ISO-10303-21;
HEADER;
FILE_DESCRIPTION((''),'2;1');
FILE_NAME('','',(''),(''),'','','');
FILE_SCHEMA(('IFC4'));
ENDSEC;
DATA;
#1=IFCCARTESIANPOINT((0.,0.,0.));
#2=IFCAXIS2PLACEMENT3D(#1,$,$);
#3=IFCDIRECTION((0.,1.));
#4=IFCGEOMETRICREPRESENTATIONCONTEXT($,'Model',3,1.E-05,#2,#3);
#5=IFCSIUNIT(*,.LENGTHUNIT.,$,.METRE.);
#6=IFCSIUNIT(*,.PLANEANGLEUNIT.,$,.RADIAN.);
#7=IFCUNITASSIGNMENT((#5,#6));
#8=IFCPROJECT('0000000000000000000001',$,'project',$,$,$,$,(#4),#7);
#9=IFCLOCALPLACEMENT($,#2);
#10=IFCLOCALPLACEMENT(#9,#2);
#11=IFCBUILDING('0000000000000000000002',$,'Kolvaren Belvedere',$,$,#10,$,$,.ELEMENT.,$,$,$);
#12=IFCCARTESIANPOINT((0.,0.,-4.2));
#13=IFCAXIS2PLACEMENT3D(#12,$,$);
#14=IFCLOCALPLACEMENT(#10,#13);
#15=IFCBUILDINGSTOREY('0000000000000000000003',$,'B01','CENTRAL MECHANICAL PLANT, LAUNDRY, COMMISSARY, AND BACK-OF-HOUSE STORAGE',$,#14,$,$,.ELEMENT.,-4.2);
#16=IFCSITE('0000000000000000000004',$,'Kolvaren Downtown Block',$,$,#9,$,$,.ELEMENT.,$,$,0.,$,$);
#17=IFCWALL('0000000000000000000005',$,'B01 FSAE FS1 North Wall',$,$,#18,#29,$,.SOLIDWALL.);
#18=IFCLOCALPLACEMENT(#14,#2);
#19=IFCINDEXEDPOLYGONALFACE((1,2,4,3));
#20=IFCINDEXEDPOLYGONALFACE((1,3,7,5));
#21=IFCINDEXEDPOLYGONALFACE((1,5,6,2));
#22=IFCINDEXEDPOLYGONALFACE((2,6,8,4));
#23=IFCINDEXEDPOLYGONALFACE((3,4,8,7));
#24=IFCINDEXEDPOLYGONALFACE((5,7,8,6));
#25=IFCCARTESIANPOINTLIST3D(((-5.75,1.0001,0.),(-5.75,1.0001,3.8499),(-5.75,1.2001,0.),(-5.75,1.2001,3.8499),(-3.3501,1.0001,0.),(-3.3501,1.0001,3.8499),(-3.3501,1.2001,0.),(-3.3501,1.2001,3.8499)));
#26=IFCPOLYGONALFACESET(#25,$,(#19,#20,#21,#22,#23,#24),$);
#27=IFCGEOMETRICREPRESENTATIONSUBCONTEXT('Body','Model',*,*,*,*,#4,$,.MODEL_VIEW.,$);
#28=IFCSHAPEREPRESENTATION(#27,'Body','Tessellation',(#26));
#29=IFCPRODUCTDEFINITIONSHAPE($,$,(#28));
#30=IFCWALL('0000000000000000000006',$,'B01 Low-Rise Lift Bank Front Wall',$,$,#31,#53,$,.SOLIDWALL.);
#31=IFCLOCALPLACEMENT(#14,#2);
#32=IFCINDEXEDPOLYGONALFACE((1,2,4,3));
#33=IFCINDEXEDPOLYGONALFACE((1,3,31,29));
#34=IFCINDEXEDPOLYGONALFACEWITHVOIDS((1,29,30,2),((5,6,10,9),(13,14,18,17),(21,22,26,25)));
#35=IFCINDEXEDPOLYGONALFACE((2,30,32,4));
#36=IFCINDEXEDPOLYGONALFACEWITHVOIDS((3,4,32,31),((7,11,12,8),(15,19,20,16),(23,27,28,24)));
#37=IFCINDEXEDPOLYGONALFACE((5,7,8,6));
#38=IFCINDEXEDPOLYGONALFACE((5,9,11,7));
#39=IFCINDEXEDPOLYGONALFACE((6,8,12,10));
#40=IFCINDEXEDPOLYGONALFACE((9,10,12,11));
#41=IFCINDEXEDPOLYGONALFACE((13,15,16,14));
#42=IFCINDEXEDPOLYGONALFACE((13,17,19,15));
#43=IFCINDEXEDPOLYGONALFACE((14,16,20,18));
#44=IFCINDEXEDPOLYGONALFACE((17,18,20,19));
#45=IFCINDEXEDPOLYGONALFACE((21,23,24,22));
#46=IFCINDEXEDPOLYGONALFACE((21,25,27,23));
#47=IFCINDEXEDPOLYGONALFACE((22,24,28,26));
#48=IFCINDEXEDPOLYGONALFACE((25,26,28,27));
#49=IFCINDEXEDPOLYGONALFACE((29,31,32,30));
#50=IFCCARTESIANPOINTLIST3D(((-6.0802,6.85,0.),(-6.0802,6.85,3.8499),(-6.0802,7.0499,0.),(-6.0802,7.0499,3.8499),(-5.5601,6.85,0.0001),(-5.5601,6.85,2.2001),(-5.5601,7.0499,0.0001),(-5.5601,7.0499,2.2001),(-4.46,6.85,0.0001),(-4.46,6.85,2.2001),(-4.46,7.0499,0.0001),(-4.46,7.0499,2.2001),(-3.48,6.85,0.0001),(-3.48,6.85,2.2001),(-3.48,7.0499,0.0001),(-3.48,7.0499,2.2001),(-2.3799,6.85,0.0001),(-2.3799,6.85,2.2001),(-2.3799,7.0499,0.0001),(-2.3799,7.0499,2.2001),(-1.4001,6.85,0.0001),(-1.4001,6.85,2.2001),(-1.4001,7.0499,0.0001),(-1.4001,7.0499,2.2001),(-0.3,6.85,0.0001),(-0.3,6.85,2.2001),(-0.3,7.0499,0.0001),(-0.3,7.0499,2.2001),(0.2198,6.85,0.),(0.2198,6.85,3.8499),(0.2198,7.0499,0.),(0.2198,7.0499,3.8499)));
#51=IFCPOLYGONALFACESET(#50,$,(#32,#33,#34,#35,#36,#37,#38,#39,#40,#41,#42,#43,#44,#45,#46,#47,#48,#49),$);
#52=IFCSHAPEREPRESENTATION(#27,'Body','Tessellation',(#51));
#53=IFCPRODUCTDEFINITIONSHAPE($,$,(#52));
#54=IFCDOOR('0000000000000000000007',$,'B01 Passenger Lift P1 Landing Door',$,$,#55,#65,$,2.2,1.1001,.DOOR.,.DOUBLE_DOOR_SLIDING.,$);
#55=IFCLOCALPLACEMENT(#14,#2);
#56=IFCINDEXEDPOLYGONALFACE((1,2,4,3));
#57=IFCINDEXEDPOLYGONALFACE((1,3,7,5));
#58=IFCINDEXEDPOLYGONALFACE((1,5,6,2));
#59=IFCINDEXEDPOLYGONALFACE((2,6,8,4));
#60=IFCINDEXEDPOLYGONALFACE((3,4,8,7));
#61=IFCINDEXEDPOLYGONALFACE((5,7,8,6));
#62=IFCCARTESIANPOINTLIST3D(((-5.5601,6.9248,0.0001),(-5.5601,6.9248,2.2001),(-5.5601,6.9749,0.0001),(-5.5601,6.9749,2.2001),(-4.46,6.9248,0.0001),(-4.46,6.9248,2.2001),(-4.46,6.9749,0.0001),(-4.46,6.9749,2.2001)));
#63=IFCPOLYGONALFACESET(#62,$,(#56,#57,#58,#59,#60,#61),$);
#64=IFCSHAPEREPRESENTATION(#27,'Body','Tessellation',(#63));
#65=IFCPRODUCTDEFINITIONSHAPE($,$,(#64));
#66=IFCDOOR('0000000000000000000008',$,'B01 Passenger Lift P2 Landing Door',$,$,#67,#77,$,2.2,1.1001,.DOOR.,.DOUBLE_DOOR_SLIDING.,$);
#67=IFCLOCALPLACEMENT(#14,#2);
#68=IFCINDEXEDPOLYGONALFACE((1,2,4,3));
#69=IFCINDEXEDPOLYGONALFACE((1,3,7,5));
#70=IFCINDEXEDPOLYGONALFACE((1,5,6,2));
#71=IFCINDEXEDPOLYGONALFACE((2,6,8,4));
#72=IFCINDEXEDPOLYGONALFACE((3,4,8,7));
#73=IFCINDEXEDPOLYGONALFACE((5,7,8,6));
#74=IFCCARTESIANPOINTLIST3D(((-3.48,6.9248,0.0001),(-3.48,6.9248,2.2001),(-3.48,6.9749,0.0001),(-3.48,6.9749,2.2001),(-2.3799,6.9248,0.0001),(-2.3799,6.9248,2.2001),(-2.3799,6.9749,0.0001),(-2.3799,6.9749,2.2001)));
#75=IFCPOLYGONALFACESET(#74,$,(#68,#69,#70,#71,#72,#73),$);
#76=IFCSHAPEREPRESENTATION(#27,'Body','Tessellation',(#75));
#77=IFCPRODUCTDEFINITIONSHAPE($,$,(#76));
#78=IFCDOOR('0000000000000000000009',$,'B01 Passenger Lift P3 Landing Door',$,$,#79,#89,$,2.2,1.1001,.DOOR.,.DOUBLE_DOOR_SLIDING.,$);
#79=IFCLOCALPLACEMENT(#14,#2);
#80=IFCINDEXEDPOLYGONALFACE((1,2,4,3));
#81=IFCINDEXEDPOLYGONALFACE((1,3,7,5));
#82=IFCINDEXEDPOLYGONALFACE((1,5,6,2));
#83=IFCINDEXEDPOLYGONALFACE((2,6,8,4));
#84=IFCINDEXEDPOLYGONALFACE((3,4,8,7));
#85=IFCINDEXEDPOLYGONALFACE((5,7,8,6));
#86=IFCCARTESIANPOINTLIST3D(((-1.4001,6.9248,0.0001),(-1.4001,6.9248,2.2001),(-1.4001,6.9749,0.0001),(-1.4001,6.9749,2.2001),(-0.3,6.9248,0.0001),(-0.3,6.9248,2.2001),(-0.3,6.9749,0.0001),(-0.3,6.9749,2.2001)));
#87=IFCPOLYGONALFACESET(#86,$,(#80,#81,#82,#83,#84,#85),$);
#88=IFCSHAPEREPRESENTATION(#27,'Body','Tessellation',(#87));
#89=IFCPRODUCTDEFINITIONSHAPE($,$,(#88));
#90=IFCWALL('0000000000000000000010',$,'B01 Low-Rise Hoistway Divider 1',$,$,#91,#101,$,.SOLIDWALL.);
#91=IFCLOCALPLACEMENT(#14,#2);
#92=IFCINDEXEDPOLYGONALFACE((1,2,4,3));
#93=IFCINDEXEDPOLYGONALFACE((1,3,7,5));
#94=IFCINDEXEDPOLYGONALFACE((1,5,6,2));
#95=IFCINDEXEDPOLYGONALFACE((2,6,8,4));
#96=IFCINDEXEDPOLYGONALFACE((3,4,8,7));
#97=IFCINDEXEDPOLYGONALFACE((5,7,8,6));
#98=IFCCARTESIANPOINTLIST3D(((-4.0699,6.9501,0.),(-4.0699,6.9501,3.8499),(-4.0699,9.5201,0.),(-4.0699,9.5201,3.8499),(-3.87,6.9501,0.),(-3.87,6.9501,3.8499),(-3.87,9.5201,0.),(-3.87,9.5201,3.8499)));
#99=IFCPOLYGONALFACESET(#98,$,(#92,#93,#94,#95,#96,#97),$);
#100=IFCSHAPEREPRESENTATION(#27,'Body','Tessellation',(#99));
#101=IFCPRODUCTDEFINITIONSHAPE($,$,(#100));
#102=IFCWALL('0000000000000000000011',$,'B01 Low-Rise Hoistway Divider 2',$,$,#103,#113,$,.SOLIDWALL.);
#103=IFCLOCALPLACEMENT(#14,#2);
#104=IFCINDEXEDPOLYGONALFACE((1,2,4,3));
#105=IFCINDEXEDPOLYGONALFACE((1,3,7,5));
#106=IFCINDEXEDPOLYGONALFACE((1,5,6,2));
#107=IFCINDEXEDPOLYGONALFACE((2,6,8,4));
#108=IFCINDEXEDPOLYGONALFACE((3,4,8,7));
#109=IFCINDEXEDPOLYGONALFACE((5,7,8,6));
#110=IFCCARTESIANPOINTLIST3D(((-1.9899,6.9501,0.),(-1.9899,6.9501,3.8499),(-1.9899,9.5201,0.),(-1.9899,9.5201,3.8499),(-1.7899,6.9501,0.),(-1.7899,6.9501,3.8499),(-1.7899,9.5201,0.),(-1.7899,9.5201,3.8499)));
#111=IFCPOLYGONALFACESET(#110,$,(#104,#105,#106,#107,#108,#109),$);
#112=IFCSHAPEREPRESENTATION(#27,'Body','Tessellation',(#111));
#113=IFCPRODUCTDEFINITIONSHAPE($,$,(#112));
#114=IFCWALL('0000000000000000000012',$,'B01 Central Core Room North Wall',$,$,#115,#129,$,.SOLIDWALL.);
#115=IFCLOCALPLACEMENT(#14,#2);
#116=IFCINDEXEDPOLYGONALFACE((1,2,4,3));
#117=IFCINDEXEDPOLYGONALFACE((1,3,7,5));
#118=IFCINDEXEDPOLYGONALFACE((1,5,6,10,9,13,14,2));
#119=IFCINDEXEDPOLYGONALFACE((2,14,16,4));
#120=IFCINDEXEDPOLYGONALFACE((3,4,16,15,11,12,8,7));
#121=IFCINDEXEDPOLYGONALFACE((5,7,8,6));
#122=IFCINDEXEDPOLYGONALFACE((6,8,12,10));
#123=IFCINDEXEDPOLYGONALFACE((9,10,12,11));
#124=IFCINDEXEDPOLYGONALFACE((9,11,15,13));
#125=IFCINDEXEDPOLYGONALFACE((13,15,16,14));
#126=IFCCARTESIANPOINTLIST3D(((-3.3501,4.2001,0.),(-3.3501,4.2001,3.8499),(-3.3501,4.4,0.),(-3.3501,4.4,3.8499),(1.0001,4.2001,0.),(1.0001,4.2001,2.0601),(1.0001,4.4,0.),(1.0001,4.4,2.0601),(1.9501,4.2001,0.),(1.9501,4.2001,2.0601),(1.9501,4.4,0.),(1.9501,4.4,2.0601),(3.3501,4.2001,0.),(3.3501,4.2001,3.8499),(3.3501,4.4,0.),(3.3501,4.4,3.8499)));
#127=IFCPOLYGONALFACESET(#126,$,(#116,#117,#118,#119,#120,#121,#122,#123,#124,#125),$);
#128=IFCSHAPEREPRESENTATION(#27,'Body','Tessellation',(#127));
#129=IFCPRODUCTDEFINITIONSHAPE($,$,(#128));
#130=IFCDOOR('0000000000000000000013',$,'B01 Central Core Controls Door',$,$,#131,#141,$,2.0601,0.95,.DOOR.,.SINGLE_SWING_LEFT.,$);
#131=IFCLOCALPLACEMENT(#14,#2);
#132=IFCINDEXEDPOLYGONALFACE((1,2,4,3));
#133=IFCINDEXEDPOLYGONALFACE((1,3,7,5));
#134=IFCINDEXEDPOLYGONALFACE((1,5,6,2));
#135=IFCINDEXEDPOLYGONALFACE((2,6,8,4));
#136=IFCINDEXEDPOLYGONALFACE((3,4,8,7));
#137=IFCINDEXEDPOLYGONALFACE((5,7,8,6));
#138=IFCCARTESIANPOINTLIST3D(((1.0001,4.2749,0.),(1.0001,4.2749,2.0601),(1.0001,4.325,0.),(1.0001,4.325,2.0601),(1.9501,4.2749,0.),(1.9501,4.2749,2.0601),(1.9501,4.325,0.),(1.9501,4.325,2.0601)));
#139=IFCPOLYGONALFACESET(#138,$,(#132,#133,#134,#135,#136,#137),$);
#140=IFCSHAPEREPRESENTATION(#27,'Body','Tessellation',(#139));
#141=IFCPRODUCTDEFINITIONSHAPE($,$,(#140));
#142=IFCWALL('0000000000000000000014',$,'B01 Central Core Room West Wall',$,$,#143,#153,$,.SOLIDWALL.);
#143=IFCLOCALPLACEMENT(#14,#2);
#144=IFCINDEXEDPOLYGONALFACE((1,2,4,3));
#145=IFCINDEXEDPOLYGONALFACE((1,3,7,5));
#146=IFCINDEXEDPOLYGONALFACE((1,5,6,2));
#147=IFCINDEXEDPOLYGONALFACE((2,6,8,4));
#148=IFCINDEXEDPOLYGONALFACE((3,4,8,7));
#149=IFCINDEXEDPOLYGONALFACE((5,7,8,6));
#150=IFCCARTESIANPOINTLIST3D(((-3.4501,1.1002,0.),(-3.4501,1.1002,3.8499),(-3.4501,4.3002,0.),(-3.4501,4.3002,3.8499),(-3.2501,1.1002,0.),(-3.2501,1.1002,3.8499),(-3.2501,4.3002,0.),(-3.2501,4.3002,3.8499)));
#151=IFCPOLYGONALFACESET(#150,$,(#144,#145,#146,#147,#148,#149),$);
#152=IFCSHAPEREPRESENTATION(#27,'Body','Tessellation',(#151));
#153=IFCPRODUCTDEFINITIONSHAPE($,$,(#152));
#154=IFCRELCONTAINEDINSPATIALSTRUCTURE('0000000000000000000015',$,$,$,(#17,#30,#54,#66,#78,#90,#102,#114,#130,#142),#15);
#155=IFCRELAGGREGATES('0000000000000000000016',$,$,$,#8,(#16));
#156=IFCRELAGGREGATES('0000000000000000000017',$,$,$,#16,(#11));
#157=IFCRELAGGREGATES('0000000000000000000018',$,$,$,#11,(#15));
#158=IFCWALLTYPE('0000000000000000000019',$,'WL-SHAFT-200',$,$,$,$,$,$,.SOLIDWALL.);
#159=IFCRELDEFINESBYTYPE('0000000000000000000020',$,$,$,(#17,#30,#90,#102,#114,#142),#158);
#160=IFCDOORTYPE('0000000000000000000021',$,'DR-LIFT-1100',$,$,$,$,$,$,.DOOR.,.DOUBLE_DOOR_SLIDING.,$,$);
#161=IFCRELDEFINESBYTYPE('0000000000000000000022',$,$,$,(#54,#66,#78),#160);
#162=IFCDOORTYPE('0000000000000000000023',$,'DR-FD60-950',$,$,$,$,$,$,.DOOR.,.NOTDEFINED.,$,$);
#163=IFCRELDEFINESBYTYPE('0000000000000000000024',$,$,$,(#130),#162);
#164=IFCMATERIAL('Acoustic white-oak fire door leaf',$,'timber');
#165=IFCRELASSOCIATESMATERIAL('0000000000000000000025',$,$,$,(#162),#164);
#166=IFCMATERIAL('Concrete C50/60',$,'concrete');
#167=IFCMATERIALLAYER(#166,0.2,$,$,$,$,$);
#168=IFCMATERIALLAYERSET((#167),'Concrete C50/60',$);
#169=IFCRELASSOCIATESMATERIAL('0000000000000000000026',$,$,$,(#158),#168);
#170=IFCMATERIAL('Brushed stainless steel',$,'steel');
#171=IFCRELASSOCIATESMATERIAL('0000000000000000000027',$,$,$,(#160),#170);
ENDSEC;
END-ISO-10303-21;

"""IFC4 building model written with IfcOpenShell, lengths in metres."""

from ifc_helpers import new_model, si_unit, direction, frame, frame_2d, origin, place, context, subcontext, project, spatial, rectangle, extrude, material, layer, layer_set, type_object, element, fill, save


model = new_model("IFC4")

# Units and contexts
model_context = context("Model", 3, precision=1e-05, world=origin(), true_north=direction((0.0, 1.0)))
body_context = subcontext(model_context, "Body", "Model", "MODEL_VIEW")
ifc_project = project(units=[si_unit("LENGTHUNIT", "METRE"), si_unit("PLANEANGLEUNIT", "RADIAN")], contexts=[model_context])

# Site, building, storey
site_placement = place(None, origin())
site = spatial("IfcSite", under=ifc_project, at=site_placement, Name="Kolvaren Downtown Block", CompositionType="ELEMENT", RefElevation=0.0)
building_placement = place(site_placement, origin())
building = spatial("IfcBuilding", under=site, at=building_placement, Name="Kolvaren Belvedere", CompositionType="ELEMENT")
storey_placement = place(building_placement, frame((0.0, 0.0, -4.2)))
storey = spatial("IfcBuildingStorey", under=building, at=storey_placement, Name="B01", Description="CENTRAL MECHANICAL PLANT, LAUNDRY, COMMISSARY, AND BACK-OF-HOUSE STORAGE", CompositionType="ELEMENT", Elevation=-4.2)

# Shared definitions
ifc_material_1 = material(Name="Acoustic white-oak fire door leaf", Category="timber")
door_type_1 = type_object("IfcDoorType", Name="DR-FD60-950", OperationType="NOTDEFINED", PredefinedType="DOOR", material=ifc_material_1)

# Wall
ifc_material_2 = material(Name="Concrete C50/60", Category="concrete")
ifc_layer_1 = layer(ifc_material_2, 0.2)
ifc_layer_set_1 = layer_set([ifc_layer_1], Name="Concrete C50/60")
wall_type_1 = type_object("IfcWallType", Name="WL-SHAFT-200", PredefinedType="SOLIDWALL", material=ifc_layer_set_1)
wall_1_placement = place(storey_placement, frame((-5.75, 1.1001, 0.0), z_axis=(0.0, 0.0, 1.0), x_axis=(1.0, 0.0, 0.0)))
element("IfcWall", 1, at=wall_1_placement, inside=storey, type_object=wall_type_1, Name="B01 FSAE FS1 North Wall", PredefinedType="SOLIDWALL", context=body_context, shape_type="SweptSolid", body=[
    extrude(rectangle(XDim=2.3999, YDim=0.2, at=frame_2d((1.2, 0.0))), origin(), (0.0, 0.0, 1.0), 3.8499),
])

# Wall, openings, doors
wall_2_placement = place(storey_placement, frame((-6.0801, 6.95, 0.0), z_axis=(0.0, 0.0, 1.0), x_axis=(1.0, 0.0, 0.0)))
wall_2 = element("IfcWall", 2, at=wall_2_placement, inside=storey, type_object=wall_type_1, Name="B01 Low-Rise Lift Bank Front Wall", PredefinedType="SOLIDWALL", context=body_context, shape_type="SweptSolid", body=[
    extrude(rectangle(XDim=6.3, YDim=0.2, at=frame_2d((3.1499, 0.0))), origin(), (0.0, 0.0, 1.0), 3.8499),
])
opening_1_placement = place(wall_2_placement, frame((0.52, 0.0, 0.0)))
opening_1 = element("IfcOpeningElement", 3, at=opening_1_placement, cuts=wall_2, PredefinedType="OPENING", context=body_context, shape_type="SweptSolid", body=[
    extrude(rectangle(XDim=1.1001, YDim=2.2, at=frame_2d((0.55, 1.1001))), frame((0.0, 0.1099, 0.0), z_axis=(0.0, -1.0, 0.0), x_axis=(1.0, 0.0, 0.0)), (0.0, 0.0, 1.0), 0.22),
])
opening_2_placement = place(wall_2_placement, frame((2.6001, 0.0, 0.0)))
opening_2 = element("IfcOpeningElement", 4, at=opening_2_placement, cuts=wall_2, PredefinedType="OPENING", context=body_context, shape_type="SweptSolid", body=[
    extrude(rectangle(XDim=1.1001, YDim=2.2, at=frame_2d((0.55, 1.1001))), frame((0.0, 0.1099, 0.0), z_axis=(0.0, -1.0, 0.0), x_axis=(1.0, 0.0, 0.0)), (0.0, 0.0, 1.0), 0.22),
])
opening_3_placement = place(wall_2_placement, frame((4.6799, 0.0, 0.0)))
opening_3 = element("IfcOpeningElement", 5, at=opening_3_placement, cuts=wall_2, PredefinedType="OPENING", context=body_context, shape_type="SweptSolid", body=[
    extrude(rectangle(XDim=1.1001, YDim=2.2, at=frame_2d((0.55, 1.1001))), frame((0.0, 0.1099, 0.0), z_axis=(0.0, -1.0, 0.0), x_axis=(1.0, 0.0, 0.0)), (0.0, 0.0, 1.0), 0.22),
])
ifc_material_3 = material(Name="Brushed stainless steel", Category="steel")
door_type_2 = type_object("IfcDoorType", Name="DR-LIFT-1100", OperationType="DOUBLE_DOOR_SLIDING", PredefinedType="DOOR", material=ifc_material_3)
door_1_placement = place(opening_1_placement, origin())
door_1 = element("IfcDoor", 6, at=door_1_placement, inside=storey, type_object=door_type_2, Name="B01 Passenger Lift P1 Landing Door", OperationType="DOUBLE_DOOR_SLIDING", OverallHeight=2.2, OverallWidth=1.1001, PredefinedType="DOOR", context=body_context, shape_type="SweptSolid", body=[
    extrude(rectangle(XDim=1.1001, YDim=2.2, at=frame_2d((0.55, 1.1001))), frame((0.0, 0.0249, 0.0), z_axis=(0.0, -1.0, 0.0), x_axis=(1.0, 0.0, 0.0)), (0.0, 0.0, 1.0), 0.05),
])
fill(opening_1, door_1)
door_2_placement = place(opening_2_placement, origin())
door_2 = element("IfcDoor", 7, at=door_2_placement, inside=storey, type_object=door_type_2, Name="B01 Passenger Lift P2 Landing Door", OperationType="DOUBLE_DOOR_SLIDING", OverallHeight=2.2, OverallWidth=1.1001, PredefinedType="DOOR", context=body_context, shape_type="SweptSolid", body=[
    extrude(rectangle(XDim=1.1001, YDim=2.2, at=frame_2d((0.55, 1.1001))), frame((0.0, 0.0249, 0.0), z_axis=(0.0, -1.0, 0.0), x_axis=(1.0, 0.0, 0.0)), (0.0, 0.0, 1.0), 0.05),
])
fill(opening_2, door_2)
door_3_placement = place(opening_3_placement, origin())
door_3 = element("IfcDoor", 8, at=door_3_placement, inside=storey, type_object=door_type_2, Name="B01 Passenger Lift P3 Landing Door", OperationType="DOUBLE_DOOR_SLIDING", OverallHeight=2.2, OverallWidth=1.1001, PredefinedType="DOOR", context=body_context, shape_type="SweptSolid", body=[
    extrude(rectangle(XDim=1.1001, YDim=2.2, at=frame_2d((0.55, 1.1001))), frame((0.0, 0.0249, 0.0), z_axis=(0.0, -1.0, 0.0), x_axis=(1.0, 0.0, 0.0)), (0.0, 0.0, 1.0), 0.05),
])
fill(opening_3, door_3)

# Walls
for number, where, z_axis, x_axis, name in (
    (9, (-3.97, 6.95, 0.0), (0.0, 0.0, 1.0), (0.0, 1.0, 0.0), "B01 Low-Rise Hoistway Divider 1"),
    (10, (-1.8899, 6.95, 0.0), (0.0, 0.0, 1.0), (0.0, 1.0, 0.0), "B01 Low-Rise Hoistway Divider 2"),
):
    element("IfcWall", number, at=place(storey_placement, frame(where, z_axis=z_axis, x_axis=x_axis)), inside=storey, type_object=wall_type_1, Name=name, PredefinedType="SOLIDWALL", context=body_context, shape_type="SweptSolid", body=[
        extrude(rectangle(XDim=2.5701, YDim=0.2, at=frame_2d((1.2852, 0.0))), origin(), (0.0, 0.0, 1.0), 3.8499),
    ])

# Wall, opening, door
wall_3_placement = place(storey_placement, frame((-3.3501, 4.3, 0.0), z_axis=(0.0, 0.0, 1.0), x_axis=(1.0, 0.0, 0.0)))
wall_3 = element("IfcWall", 11, at=wall_3_placement, inside=storey, type_object=wall_type_1, Name="B01 Central Core Room North Wall", PredefinedType="SOLIDWALL", context=body_context, shape_type="SweptSolid", body=[
    extrude(rectangle(XDim=6.7002, YDim=0.2, at=frame_2d((3.3501, 0.0))), origin(), (0.0, 0.0, 1.0), 3.8499),
])
opening_4_placement = place(wall_3_placement, frame((4.3501, 0.0, 0.0)))
opening_4 = element("IfcOpeningElement", 12, at=opening_4_placement, cuts=wall_3, PredefinedType="OPENING", context=body_context, shape_type="SweptSolid", body=[
    extrude(rectangle(XDim=0.95, YDim=2.0601, at=frame_2d((0.4751, 1.03))), frame((0.0, 0.1099, 0.0), z_axis=(0.0, -1.0, 0.0), x_axis=(1.0, 0.0, 0.0)), (0.0, 0.0, 1.0), 0.22),
])
door_4_placement = place(opening_4_placement, origin())
door_4 = element("IfcDoor", 13, at=door_4_placement, inside=storey, type_object=door_type_1, Name="B01 Central Core Controls Door", OperationType="SINGLE_SWING_LEFT", OverallHeight=2.0601, OverallWidth=0.95, PredefinedType="DOOR", context=body_context, shape_type="SweptSolid", body=[
    extrude(rectangle(XDim=0.95, YDim=2.0601, at=frame_2d((0.4751, 1.03))), frame((0.0, 0.0249, 0.0), z_axis=(0.0, -1.0, 0.0), x_axis=(1.0, 0.0, 0.0)), (0.0, 0.0, 1.0), 0.05),
])
fill(opening_4, door_4)

# Wall
wall_4_placement = place(storey_placement, frame((-3.3501, 1.1001, 0.0), z_axis=(0.0, 0.0, 1.0), x_axis=(0.0, 1.0, 0.0)))
element("IfcWall", 14, at=wall_4_placement, inside=storey, type_object=wall_type_1, Name="B01 Central Core Room West Wall", PredefinedType="SOLIDWALL", context=body_context, shape_type="SweptSolid", body=[
    extrude(rectangle(XDim=3.2, YDim=0.2, at=frame_2d((1.6001, 0.0))), origin(), (0.0, 0.0, 1.0), 3.8499),
])

save(model, "model.ifc")
